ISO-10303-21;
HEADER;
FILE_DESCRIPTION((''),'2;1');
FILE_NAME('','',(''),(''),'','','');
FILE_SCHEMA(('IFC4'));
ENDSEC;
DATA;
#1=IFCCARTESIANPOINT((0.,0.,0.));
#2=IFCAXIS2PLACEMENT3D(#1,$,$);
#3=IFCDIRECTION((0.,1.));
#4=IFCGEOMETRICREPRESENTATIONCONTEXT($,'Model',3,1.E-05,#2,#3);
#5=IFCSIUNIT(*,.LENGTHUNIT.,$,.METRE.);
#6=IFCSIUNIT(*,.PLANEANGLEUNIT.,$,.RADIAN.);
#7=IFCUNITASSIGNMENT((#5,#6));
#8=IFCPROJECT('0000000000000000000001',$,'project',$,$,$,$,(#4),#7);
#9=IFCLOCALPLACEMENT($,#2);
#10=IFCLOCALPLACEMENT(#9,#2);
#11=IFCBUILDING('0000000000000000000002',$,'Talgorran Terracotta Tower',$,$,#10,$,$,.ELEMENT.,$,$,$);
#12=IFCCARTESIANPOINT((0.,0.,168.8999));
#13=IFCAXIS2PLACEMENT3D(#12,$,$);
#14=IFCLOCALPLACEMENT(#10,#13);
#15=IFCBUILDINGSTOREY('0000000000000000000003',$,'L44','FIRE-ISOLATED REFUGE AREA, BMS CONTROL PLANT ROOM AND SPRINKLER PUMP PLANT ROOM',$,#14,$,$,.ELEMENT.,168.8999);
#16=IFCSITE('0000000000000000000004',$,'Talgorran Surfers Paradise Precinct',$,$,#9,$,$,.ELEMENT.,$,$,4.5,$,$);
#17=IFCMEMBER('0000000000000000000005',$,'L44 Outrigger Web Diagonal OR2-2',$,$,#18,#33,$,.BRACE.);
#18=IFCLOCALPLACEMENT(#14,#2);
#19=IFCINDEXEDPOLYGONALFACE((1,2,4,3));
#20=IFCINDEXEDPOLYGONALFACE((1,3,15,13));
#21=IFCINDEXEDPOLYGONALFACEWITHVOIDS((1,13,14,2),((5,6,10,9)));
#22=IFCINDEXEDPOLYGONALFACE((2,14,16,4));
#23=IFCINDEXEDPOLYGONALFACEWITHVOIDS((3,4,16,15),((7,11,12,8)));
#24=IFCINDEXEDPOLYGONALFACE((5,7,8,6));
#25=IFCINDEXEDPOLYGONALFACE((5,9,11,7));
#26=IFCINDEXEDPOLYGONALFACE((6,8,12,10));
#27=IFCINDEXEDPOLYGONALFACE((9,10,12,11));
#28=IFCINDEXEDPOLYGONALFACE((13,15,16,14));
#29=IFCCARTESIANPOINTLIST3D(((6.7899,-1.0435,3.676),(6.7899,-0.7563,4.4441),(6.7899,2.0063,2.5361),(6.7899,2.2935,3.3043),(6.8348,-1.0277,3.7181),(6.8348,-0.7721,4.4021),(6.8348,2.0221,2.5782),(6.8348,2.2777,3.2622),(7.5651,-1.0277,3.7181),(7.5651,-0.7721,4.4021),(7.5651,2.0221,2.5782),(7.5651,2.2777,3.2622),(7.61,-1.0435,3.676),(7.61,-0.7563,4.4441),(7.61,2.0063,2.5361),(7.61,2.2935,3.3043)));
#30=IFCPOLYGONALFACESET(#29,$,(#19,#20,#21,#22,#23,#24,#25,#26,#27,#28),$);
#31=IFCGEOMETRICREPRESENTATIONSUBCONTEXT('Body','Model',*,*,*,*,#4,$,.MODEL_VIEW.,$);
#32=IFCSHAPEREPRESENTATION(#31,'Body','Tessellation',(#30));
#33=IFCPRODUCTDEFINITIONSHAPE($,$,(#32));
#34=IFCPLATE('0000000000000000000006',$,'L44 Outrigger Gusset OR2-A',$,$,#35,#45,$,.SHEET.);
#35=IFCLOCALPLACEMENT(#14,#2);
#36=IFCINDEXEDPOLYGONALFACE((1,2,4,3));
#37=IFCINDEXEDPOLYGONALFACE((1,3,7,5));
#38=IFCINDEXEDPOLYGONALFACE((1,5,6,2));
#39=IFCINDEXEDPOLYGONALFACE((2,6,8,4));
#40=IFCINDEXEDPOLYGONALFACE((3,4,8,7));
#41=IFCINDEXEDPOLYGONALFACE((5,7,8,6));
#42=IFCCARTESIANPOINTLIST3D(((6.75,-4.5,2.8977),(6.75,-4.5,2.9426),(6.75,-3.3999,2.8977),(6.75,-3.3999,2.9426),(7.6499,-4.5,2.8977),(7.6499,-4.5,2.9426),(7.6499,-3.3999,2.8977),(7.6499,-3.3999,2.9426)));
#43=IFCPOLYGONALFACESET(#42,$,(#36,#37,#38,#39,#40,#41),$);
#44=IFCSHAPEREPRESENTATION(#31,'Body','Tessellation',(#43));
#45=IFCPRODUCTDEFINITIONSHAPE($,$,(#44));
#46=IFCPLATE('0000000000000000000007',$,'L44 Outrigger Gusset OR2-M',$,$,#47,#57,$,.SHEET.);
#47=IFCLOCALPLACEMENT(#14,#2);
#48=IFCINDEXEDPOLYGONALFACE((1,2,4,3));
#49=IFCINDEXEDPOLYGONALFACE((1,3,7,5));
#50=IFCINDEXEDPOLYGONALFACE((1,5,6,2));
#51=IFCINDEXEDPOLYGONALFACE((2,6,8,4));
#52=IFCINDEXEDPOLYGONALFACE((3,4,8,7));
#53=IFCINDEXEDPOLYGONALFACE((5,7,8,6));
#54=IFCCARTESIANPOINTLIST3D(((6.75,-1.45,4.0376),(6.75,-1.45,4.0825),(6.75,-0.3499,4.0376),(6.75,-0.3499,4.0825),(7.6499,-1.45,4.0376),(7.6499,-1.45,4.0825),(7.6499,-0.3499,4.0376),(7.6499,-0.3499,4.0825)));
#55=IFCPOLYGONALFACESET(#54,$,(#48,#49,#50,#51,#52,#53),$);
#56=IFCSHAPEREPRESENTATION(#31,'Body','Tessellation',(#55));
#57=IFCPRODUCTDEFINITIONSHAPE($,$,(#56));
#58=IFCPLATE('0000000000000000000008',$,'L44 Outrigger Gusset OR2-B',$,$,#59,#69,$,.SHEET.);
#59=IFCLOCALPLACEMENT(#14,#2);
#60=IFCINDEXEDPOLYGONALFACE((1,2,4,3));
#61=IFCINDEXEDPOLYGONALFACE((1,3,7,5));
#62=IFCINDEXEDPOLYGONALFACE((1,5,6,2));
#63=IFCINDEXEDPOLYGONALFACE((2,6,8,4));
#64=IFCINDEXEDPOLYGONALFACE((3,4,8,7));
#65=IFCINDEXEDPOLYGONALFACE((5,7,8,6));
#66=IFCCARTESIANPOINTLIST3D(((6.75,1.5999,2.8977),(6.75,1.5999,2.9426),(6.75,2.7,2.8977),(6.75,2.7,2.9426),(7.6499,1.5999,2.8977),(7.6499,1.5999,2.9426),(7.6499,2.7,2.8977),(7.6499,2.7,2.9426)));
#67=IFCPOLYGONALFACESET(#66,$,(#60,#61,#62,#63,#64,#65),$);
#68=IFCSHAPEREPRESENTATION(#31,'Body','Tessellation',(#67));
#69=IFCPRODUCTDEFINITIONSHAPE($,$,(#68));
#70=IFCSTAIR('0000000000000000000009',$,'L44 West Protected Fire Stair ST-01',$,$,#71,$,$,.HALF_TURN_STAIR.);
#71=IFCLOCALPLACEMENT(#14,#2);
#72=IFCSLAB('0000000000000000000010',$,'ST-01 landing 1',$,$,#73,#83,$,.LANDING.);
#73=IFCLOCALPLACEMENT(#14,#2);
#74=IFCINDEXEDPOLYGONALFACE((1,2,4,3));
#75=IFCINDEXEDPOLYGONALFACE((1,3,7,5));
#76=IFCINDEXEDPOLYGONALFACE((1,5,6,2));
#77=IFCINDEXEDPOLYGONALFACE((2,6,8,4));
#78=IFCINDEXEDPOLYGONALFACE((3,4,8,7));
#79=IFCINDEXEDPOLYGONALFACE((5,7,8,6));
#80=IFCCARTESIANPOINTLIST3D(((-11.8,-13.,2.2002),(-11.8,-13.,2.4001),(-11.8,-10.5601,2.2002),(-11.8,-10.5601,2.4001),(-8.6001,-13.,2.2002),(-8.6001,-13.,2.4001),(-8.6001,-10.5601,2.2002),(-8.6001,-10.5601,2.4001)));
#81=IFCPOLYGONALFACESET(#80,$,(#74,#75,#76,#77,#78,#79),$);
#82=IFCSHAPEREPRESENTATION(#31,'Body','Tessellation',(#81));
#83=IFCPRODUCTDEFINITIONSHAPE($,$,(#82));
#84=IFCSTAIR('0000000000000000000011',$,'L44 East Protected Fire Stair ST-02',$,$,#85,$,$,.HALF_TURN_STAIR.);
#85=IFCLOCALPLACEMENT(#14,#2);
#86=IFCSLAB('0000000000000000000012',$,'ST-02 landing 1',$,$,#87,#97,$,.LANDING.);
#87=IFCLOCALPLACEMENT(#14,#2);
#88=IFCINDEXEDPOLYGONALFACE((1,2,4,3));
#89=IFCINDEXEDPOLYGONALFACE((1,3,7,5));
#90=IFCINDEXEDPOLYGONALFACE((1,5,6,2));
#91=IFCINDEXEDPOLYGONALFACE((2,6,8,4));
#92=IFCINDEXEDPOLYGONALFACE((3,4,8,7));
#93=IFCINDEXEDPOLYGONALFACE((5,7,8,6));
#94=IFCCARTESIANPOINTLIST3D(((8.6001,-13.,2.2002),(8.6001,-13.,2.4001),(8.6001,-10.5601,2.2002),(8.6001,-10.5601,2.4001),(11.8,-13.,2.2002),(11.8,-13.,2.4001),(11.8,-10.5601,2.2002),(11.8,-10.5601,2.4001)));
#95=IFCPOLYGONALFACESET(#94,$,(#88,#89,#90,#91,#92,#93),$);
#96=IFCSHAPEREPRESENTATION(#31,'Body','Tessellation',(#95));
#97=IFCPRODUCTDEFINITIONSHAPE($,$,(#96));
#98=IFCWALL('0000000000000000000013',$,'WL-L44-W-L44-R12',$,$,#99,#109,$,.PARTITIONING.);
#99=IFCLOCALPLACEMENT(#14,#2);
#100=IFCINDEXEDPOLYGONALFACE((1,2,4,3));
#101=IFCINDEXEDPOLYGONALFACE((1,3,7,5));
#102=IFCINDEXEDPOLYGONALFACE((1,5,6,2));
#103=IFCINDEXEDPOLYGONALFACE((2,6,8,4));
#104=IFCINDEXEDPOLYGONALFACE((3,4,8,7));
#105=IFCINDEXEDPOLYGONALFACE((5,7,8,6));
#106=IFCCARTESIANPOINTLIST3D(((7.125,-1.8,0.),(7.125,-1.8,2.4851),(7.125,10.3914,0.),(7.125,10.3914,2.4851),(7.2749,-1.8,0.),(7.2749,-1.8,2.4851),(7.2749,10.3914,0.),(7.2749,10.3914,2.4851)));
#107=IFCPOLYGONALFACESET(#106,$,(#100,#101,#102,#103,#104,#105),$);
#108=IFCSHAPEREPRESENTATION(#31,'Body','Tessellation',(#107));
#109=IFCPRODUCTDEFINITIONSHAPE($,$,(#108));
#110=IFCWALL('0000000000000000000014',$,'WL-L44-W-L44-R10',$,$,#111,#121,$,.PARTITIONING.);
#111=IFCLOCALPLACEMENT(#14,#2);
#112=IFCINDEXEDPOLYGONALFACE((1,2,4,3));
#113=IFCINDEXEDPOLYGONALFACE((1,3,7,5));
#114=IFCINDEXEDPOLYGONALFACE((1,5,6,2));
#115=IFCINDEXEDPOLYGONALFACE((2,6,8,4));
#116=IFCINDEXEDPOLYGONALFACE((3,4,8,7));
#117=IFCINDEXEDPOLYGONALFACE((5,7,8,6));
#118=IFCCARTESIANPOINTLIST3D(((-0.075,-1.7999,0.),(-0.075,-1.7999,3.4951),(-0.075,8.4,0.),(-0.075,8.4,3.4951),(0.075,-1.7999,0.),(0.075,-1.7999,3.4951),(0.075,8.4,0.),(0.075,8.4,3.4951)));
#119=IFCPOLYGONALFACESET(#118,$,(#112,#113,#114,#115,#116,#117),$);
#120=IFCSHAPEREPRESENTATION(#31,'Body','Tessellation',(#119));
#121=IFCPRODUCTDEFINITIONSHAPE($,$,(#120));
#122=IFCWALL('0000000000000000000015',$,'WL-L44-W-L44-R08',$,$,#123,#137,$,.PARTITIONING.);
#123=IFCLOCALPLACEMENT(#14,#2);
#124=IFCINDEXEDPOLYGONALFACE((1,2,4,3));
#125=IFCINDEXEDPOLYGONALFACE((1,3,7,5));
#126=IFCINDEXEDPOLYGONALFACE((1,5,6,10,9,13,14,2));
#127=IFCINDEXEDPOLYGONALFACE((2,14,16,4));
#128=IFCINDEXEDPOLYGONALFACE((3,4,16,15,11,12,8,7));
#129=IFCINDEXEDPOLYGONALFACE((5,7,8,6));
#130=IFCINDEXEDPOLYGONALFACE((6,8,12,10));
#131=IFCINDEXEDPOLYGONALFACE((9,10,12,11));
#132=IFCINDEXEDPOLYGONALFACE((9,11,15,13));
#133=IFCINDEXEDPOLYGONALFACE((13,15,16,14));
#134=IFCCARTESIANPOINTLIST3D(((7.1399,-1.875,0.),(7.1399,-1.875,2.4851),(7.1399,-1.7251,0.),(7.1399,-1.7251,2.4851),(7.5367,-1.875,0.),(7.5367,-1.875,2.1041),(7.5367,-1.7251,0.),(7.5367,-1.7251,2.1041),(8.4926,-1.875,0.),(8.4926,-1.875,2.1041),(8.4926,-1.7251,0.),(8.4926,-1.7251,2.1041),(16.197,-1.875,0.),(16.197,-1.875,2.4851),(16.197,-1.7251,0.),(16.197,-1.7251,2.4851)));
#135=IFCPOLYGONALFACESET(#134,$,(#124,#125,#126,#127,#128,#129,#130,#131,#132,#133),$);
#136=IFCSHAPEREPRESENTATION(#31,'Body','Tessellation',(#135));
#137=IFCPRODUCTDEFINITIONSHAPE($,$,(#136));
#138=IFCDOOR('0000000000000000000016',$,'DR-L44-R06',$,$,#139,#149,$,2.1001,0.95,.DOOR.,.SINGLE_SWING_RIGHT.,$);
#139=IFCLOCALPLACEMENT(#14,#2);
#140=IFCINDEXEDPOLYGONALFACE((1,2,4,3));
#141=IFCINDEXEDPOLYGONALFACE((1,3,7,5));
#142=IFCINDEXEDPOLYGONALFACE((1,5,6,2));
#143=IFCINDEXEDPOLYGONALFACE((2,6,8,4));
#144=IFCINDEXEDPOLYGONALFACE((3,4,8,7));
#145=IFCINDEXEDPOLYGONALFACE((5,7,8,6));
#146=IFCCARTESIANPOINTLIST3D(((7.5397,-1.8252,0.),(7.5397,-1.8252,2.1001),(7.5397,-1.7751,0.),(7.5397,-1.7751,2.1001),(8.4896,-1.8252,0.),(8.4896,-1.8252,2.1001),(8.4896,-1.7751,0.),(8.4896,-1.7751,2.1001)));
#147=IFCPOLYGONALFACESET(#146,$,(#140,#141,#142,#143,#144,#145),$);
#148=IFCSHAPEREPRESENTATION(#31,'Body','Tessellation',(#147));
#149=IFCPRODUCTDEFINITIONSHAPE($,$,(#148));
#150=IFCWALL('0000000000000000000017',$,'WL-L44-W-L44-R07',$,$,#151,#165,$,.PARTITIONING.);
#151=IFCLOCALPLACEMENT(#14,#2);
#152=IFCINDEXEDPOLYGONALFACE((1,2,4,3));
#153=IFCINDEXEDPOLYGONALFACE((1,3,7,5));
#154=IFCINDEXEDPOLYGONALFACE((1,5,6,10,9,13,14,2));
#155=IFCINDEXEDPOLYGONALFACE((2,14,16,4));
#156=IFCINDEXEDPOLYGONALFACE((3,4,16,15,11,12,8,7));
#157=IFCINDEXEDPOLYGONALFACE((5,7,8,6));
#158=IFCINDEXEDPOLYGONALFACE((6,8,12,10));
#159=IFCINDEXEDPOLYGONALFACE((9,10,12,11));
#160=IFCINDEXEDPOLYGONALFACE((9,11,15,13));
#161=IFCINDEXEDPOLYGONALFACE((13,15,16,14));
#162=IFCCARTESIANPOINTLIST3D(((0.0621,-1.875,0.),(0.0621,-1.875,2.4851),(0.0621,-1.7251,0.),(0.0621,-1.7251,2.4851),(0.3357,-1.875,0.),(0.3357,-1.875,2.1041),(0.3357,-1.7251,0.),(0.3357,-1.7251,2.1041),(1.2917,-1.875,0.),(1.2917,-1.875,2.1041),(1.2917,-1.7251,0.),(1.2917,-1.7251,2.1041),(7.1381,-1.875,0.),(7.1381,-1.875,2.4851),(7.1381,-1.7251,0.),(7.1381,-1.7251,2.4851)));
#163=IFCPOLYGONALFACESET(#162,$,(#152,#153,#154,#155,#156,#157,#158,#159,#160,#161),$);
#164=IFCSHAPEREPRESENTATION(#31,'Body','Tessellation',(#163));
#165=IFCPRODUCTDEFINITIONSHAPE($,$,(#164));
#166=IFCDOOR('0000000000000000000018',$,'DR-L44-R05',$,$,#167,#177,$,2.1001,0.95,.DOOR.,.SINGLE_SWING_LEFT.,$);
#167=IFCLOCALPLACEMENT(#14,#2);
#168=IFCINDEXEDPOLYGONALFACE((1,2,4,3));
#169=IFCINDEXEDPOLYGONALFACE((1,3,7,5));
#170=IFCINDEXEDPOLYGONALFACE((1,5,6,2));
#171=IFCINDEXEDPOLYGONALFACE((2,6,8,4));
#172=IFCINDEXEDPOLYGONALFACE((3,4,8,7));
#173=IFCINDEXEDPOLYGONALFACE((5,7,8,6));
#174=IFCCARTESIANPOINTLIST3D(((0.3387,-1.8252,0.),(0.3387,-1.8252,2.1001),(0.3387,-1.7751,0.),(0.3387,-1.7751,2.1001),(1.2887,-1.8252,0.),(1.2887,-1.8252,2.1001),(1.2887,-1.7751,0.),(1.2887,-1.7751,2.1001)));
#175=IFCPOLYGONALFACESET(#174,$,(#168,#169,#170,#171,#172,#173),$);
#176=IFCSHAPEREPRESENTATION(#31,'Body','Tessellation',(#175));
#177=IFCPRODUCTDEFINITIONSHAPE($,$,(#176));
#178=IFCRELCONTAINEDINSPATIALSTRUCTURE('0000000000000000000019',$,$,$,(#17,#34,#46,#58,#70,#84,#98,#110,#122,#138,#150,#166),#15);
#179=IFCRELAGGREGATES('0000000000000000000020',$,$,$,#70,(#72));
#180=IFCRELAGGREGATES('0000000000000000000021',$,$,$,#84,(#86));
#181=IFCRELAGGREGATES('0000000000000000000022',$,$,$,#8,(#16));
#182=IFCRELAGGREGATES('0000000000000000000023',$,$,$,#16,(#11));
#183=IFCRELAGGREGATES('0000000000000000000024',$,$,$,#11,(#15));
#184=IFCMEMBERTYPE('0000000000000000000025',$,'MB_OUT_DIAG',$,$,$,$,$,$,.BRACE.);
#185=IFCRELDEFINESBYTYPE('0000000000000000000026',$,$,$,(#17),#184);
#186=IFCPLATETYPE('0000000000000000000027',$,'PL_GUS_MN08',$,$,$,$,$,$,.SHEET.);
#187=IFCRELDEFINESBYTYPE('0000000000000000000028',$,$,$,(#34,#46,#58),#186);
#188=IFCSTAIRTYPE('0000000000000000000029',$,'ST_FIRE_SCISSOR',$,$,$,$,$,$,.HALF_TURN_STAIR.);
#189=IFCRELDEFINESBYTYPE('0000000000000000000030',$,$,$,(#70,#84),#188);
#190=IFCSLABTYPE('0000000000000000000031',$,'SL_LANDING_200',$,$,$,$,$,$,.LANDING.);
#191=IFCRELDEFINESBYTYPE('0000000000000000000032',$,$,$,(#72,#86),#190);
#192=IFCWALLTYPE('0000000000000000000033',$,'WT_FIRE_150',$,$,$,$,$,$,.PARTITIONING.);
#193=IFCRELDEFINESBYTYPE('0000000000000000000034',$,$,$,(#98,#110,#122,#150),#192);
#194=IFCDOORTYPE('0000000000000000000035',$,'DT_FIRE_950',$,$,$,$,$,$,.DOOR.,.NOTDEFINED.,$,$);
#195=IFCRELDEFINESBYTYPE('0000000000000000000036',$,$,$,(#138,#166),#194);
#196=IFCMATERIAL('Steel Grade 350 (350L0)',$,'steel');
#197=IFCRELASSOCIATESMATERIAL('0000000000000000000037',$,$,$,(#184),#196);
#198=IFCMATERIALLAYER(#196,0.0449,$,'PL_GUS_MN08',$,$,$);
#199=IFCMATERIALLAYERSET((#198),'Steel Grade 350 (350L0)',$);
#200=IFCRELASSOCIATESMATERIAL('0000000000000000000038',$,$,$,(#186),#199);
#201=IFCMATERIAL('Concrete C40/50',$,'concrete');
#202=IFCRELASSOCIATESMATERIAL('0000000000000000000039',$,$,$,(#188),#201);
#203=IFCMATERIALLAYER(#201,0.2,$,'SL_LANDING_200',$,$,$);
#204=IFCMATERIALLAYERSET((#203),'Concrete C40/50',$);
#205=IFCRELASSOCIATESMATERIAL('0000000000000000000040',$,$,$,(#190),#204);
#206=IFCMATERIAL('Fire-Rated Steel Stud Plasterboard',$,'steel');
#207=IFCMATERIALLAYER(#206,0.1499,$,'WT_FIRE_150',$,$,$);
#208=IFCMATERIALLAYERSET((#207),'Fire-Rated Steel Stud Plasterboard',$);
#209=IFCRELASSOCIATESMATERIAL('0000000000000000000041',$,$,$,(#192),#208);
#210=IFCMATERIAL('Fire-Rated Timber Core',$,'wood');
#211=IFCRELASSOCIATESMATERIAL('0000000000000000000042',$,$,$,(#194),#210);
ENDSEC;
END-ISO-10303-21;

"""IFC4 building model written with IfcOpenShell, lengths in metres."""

from ifc_helpers import new_model, si_unit, direction, frame, frame_2d, origin, origin_2d, place, context, subcontext, project, spatial, polyline, rectangle, hollow_rectangle, outline, extrude, material, layer, layer_set, material_profile, profile_set, type_object, element, fill, aggregate, save


model = new_model("IFC4")

# Units and contexts
model_context = context("Model", 3, precision=1e-05, world=origin(), true_north=direction((0.0, 1.0)))
body_context = subcontext(model_context, "Body", "Model", "MODEL_VIEW")
ifc_project = project(units=[si_unit("LENGTHUNIT", "METRE"), si_unit("PLANEANGLEUNIT", "RADIAN")], contexts=[model_context])

# Site, building, storey
site_placement = place(None, origin())
site = spatial("IfcSite", under=ifc_project, at=site_placement, Name="Talgorran Surfers Paradise Precinct", CompositionType="ELEMENT", RefElevation=4.5)
building_placement = place(site_placement, origin())
building = spatial("IfcBuilding", under=site, at=building_placement, Name="Talgorran Terracotta Tower", CompositionType="ELEMENT")
storey_placement = place(building_placement, frame((0.0, 0.0, 168.8999)))
storey = spatial("IfcBuildingStorey", under=building, at=storey_placement, Name="L44", Description="FIRE-ISOLATED REFUGE AREA, BMS CONTROL PLANT ROOM AND SPRINKLER PUMP PLANT ROOM", CompositionType="ELEMENT", Elevation=168.8999)

# Shared definitions
ifc_material_1 = material(Name="Steel Grade 350 (350L0)", Category="steel")

# Member
ifc_material_profile_1 = material_profile(ifc_material_1, hollow_rectangle(XDim=0.8201, YDim=0.8201, WallThickness=0.0449, at=origin_2d()), Name="WBOX820X820X45")
ifc_profile_set_1 = profile_set([ifc_material_profile_1], Name="Steel Grade 350 (350L0)")
member_type_1 = type_object("IfcMemberType", Name="MB_OUT_DIAG", PredefinedType="BRACE", material=ifc_profile_set_1)
member_1_placement = place(storey_placement, frame((7.2, -0.8999, 4.0601), z_axis=(0.0, 0.936711, -0.350104), x_axis=(-1.0, 0.0, 0.0)))
element("IfcMember", 1, at=member_1_placement, inside=storey, type_object=member_type_1, Name="L44 Outrigger Web Diagonal OR2-2", PredefinedType="BRACE", context=body_context, shape_type="SweptSolid", body=[
    extrude(hollow_rectangle(XDim=0.8201, YDim=0.8201, WallThickness=0.0449, at=origin_2d()), origin(), (0.0, 0.0, 1.0), 3.2559),
])

# Plates
ifc_layer_1 = layer(ifc_material_1, 0.0449, Name="PL_GUS_MN08")
ifc_layer_set_1 = layer_set([ifc_layer_1], Name="Steel Grade 350 (350L0)")
plate_type = type_object("IfcPlateType", Name="PL_GUS_MN08", PredefinedType="SHEET", material=ifc_layer_set_1)
for number, where, z_axis, x_axis, name in (
    (2, (7.2, -3.95, 2.8977), (0.0, 0.0, 1.0), (0.0, 1.0, 0.0), "L44 Outrigger Gusset OR2-A"),
    (3, (7.2, -0.8999, 4.0376), (0.0, 0.0, 1.0), (0.0, 1.0, 0.0), "L44 Outrigger Gusset OR2-M"),
    (4, (7.2, 2.1499, 2.8977), (0.0, 0.0, 1.0), (0.0, 1.0, 0.0), "L44 Outrigger Gusset OR2-B"),
):
    element("IfcPlate", number, at=place(storey_placement, frame(where, z_axis=z_axis, x_axis=x_axis)), inside=storey, type_object=plate_type, Name=name, PredefinedType="SHEET", context=body_context, shape_type="SweptSolid", body=[
        extrude(rectangle(XDim=1.1001, YDim=0.8999, at=origin_2d()), origin(), (0.0, 0.0, 1.0), 0.0449),
    ])

# Stairs, slabs
ifc_material_2 = material(Name="Concrete C40/50", Category="concrete")
stair_type = type_object("IfcStairType", Name="ST_FIRE_SCISSOR", PredefinedType="HALF_TURN_STAIR", material=ifc_material_2)
stair_1_placement = place(storey_placement, origin())
stair_1 = element("IfcStair", 5, at=stair_1_placement, inside=storey, type_object=stair_type, Name="L44 West Protected Fire Stair ST-01", PredefinedType="HALF_TURN_STAIR")
ifc_layer_2 = layer(ifc_material_2, 0.2, Name="SL_LANDING_200")
ifc_layer_set_2 = layer_set([ifc_layer_2], Name="Concrete C40/50")
slab_type = type_object("IfcSlabType", Name="SL_LANDING_200", PredefinedType="LANDING", material=ifc_layer_set_2)
slab_1_placement = place(storey_placement, frame((0.0, 0.0, 2.2002)))
slab_1 = element("IfcSlab", 6, at=slab_1_placement, type_object=slab_type, Name="ST-01 landing 1", PredefinedType="LANDING", context=body_context, shape_type="SweptSolid", body=[
    extrude(outline(polyline([(-11.8, -10.5601), (-11.8, -13.0), (-8.6001, -13.0), (-8.6001, -10.5601), (-11.8, -10.5601)])), origin(), (0.0, 0.0, 1.0), 0.2),
])
aggregate(stair_1, [slab_1])
stair_2_placement = place(storey_placement, origin())
stair_2 = element("IfcStair", 7, at=stair_2_placement, inside=storey, type_object=stair_type, Name="L44 East Protected Fire Stair ST-02", PredefinedType="HALF_TURN_STAIR")
slab_2_placement = place(storey_placement, frame((0.0, 0.0, 2.2002)))
slab_2 = element("IfcSlab", 8, at=slab_2_placement, type_object=slab_type, Name="ST-02 landing 1", PredefinedType="LANDING", context=body_context, shape_type="SweptSolid", body=[
    extrude(outline(polyline([(8.6001, -10.5601), (8.6001, -13.0), (11.8, -13.0), (11.8, -10.5601), (8.6001, -10.5601)])), origin(), (0.0, 0.0, 1.0), 0.2),
])
aggregate(stair_2, [slab_2])

# Walls
ifc_material_3 = material(Name="Fire-Rated Steel Stud Plasterboard", Category="steel")
ifc_layer_3 = layer(ifc_material_3, 0.1499, Name="WT_FIRE_150")
ifc_layer_set_3 = layer_set([ifc_layer_3], Name="Fire-Rated Steel Stud Plasterboard")
wall_type = type_object("IfcWallType", Name="WT_FIRE_150", PredefinedType="PARTITIONING", material=ifc_layer_set_3)
wall_1_placement = place(storey_placement, frame((7.2, -1.8, 0.0), z_axis=(0.0, 0.0, 1.0), x_axis=(0.0, 1.0, 0.0)))
element("IfcWall", 9, at=wall_1_placement, inside=storey, type_object=wall_type, Name="WL-L44-W-L44-R12", PredefinedType="PARTITIONING", context=body_context, shape_type="SweptSolid", body=[
    extrude(rectangle(XDim=12.1914, YDim=0.1499, at=frame_2d((6.0957, 0.0))), origin(), (0.0, 0.0, 1.0), 2.4851),
])
wall_2_placement = place(storey_placement, frame((0.0, -1.8, 0.0), z_axis=(0.0, 0.0, 1.0), x_axis=(0.0, 1.0, 0.0)))
element("IfcWall", 10, at=wall_2_placement, inside=storey, type_object=wall_type, Name="WL-L44-W-L44-R10", PredefinedType="PARTITIONING", context=body_context, shape_type="SweptSolid", body=[
    extrude(rectangle(XDim=10.2, YDim=0.1499, at=frame_2d((5.1001, 0.0))), origin(), (0.0, 0.0, 1.0), 3.4951),
])

# Walls, openings, doors
wall_3_placement = place(storey_placement, frame((7.1399, -1.8, 0.0), z_axis=(0.0, 0.0, 1.0), x_axis=(1.0, 0.0, 0.0)))
wall_3 = element("IfcWall", 11, at=wall_3_placement, inside=storey, type_object=wall_type, Name="WL-L44-W-L44-R08", PredefinedType="PARTITIONING", context=body_context, shape_type="SweptSolid", body=[
    extrude(rectangle(XDim=9.0571, YDim=0.1499, at=frame_2d((4.5286, 0.0))), origin(), (0.0, 0.0, 1.0), 2.4851),
])
opening_1_placement = place(wall_3_placement, frame((0.3997, 0.0, 0.0)))
opening_1 = element("IfcOpeningElement", 12, at=opening_1_placement, cuts=wall_3, PredefinedType="OPENING", context=body_context, shape_type="SweptSolid", body=[
    extrude(rectangle(XDim=0.956, YDim=2.1041, at=frame_2d((0.4751, 1.052))), frame((0.0, 0.085, 0.0), z_axis=(0.0, -1.0, 0.0), x_axis=(1.0, 0.0, 0.0)), (0.0, 0.0, 1.0), 0.1699),
])
ifc_material_4 = material(Name="Fire-Rated Timber Core", Category="wood")
door_type = type_object("IfcDoorType", Name="DT_FIRE_950", OperationType="NOTDEFINED", PredefinedType="DOOR", material=ifc_material_4)
door_1_placement = place(opening_1_placement, origin())
door_1 = element("IfcDoor", 13, at=door_1_placement, inside=storey, type_object=door_type, Name="DR-L44-R06", OperationType="SINGLE_SWING_RIGHT", OverallHeight=2.1001, OverallWidth=0.95, PredefinedType="DOOR", context=body_context, shape_type="SweptSolid", body=[
    extrude(rectangle(XDim=0.95, YDim=2.1001, at=frame_2d((0.4751, 1.05))), frame((0.0, 0.0249, 0.0), z_axis=(0.0, -1.0, 0.0), x_axis=(1.0, 0.0, 0.0)), (0.0, 0.0, 1.0), 0.05),
])
fill(opening_1, door_1)
wall_4_placement = place(storey_placement, frame((0.062, -1.8, 0.0), z_axis=(0.0, 0.0, 1.0), x_axis=(1.0, 0.0, 0.0)))
wall_4 = element("IfcWall", 14, at=wall_4_placement, inside=storey, type_object=wall_type, Name="WL-L44-W-L44-R07", PredefinedType="PARTITIONING", context=body_context, shape_type="SweptSolid", body=[
    extrude(rectangle(XDim=7.0759, YDim=0.1499, at=frame_2d((3.5381, 0.0))), origin(), (0.0, 0.0, 1.0), 2.4851),
])
opening_2_placement = place(wall_4_placement, frame((0.2766, 0.0, 0.0)))
opening_2 = element("IfcOpeningElement", 15, at=opening_2_placement, cuts=wall_4, PredefinedType="OPENING", context=body_context, shape_type="SweptSolid", body=[
    extrude(rectangle(XDim=0.956, YDim=2.1041, at=frame_2d((0.4751, 1.052))), frame((0.0, 0.085, 0.0), z_axis=(0.0, -1.0, 0.0), x_axis=(1.0, 0.0, 0.0)), (0.0, 0.0, 1.0), 0.1699),
])
door_2_placement = place(opening_2_placement, origin())
door_2 = element("IfcDoor", 16, at=door_2_placement, inside=storey, type_object=door_type, Name="DR-L44-R05", OperationType="SINGLE_SWING_LEFT", OverallHeight=2.1001, OverallWidth=0.95, PredefinedType="DOOR", context=body_context, shape_type="SweptSolid", body=[
    extrude(rectangle(XDim=0.95, YDim=2.1001, at=frame_2d((0.4751, 1.05))), frame((0.0, 0.0249, 0.0), z_axis=(0.0, -1.0, 0.0), x_axis=(1.0, 0.0, 0.0)), (0.0, 0.0, 1.0), 0.05),
])
fill(opening_2, door_2)

save(model, "model.ifc")
